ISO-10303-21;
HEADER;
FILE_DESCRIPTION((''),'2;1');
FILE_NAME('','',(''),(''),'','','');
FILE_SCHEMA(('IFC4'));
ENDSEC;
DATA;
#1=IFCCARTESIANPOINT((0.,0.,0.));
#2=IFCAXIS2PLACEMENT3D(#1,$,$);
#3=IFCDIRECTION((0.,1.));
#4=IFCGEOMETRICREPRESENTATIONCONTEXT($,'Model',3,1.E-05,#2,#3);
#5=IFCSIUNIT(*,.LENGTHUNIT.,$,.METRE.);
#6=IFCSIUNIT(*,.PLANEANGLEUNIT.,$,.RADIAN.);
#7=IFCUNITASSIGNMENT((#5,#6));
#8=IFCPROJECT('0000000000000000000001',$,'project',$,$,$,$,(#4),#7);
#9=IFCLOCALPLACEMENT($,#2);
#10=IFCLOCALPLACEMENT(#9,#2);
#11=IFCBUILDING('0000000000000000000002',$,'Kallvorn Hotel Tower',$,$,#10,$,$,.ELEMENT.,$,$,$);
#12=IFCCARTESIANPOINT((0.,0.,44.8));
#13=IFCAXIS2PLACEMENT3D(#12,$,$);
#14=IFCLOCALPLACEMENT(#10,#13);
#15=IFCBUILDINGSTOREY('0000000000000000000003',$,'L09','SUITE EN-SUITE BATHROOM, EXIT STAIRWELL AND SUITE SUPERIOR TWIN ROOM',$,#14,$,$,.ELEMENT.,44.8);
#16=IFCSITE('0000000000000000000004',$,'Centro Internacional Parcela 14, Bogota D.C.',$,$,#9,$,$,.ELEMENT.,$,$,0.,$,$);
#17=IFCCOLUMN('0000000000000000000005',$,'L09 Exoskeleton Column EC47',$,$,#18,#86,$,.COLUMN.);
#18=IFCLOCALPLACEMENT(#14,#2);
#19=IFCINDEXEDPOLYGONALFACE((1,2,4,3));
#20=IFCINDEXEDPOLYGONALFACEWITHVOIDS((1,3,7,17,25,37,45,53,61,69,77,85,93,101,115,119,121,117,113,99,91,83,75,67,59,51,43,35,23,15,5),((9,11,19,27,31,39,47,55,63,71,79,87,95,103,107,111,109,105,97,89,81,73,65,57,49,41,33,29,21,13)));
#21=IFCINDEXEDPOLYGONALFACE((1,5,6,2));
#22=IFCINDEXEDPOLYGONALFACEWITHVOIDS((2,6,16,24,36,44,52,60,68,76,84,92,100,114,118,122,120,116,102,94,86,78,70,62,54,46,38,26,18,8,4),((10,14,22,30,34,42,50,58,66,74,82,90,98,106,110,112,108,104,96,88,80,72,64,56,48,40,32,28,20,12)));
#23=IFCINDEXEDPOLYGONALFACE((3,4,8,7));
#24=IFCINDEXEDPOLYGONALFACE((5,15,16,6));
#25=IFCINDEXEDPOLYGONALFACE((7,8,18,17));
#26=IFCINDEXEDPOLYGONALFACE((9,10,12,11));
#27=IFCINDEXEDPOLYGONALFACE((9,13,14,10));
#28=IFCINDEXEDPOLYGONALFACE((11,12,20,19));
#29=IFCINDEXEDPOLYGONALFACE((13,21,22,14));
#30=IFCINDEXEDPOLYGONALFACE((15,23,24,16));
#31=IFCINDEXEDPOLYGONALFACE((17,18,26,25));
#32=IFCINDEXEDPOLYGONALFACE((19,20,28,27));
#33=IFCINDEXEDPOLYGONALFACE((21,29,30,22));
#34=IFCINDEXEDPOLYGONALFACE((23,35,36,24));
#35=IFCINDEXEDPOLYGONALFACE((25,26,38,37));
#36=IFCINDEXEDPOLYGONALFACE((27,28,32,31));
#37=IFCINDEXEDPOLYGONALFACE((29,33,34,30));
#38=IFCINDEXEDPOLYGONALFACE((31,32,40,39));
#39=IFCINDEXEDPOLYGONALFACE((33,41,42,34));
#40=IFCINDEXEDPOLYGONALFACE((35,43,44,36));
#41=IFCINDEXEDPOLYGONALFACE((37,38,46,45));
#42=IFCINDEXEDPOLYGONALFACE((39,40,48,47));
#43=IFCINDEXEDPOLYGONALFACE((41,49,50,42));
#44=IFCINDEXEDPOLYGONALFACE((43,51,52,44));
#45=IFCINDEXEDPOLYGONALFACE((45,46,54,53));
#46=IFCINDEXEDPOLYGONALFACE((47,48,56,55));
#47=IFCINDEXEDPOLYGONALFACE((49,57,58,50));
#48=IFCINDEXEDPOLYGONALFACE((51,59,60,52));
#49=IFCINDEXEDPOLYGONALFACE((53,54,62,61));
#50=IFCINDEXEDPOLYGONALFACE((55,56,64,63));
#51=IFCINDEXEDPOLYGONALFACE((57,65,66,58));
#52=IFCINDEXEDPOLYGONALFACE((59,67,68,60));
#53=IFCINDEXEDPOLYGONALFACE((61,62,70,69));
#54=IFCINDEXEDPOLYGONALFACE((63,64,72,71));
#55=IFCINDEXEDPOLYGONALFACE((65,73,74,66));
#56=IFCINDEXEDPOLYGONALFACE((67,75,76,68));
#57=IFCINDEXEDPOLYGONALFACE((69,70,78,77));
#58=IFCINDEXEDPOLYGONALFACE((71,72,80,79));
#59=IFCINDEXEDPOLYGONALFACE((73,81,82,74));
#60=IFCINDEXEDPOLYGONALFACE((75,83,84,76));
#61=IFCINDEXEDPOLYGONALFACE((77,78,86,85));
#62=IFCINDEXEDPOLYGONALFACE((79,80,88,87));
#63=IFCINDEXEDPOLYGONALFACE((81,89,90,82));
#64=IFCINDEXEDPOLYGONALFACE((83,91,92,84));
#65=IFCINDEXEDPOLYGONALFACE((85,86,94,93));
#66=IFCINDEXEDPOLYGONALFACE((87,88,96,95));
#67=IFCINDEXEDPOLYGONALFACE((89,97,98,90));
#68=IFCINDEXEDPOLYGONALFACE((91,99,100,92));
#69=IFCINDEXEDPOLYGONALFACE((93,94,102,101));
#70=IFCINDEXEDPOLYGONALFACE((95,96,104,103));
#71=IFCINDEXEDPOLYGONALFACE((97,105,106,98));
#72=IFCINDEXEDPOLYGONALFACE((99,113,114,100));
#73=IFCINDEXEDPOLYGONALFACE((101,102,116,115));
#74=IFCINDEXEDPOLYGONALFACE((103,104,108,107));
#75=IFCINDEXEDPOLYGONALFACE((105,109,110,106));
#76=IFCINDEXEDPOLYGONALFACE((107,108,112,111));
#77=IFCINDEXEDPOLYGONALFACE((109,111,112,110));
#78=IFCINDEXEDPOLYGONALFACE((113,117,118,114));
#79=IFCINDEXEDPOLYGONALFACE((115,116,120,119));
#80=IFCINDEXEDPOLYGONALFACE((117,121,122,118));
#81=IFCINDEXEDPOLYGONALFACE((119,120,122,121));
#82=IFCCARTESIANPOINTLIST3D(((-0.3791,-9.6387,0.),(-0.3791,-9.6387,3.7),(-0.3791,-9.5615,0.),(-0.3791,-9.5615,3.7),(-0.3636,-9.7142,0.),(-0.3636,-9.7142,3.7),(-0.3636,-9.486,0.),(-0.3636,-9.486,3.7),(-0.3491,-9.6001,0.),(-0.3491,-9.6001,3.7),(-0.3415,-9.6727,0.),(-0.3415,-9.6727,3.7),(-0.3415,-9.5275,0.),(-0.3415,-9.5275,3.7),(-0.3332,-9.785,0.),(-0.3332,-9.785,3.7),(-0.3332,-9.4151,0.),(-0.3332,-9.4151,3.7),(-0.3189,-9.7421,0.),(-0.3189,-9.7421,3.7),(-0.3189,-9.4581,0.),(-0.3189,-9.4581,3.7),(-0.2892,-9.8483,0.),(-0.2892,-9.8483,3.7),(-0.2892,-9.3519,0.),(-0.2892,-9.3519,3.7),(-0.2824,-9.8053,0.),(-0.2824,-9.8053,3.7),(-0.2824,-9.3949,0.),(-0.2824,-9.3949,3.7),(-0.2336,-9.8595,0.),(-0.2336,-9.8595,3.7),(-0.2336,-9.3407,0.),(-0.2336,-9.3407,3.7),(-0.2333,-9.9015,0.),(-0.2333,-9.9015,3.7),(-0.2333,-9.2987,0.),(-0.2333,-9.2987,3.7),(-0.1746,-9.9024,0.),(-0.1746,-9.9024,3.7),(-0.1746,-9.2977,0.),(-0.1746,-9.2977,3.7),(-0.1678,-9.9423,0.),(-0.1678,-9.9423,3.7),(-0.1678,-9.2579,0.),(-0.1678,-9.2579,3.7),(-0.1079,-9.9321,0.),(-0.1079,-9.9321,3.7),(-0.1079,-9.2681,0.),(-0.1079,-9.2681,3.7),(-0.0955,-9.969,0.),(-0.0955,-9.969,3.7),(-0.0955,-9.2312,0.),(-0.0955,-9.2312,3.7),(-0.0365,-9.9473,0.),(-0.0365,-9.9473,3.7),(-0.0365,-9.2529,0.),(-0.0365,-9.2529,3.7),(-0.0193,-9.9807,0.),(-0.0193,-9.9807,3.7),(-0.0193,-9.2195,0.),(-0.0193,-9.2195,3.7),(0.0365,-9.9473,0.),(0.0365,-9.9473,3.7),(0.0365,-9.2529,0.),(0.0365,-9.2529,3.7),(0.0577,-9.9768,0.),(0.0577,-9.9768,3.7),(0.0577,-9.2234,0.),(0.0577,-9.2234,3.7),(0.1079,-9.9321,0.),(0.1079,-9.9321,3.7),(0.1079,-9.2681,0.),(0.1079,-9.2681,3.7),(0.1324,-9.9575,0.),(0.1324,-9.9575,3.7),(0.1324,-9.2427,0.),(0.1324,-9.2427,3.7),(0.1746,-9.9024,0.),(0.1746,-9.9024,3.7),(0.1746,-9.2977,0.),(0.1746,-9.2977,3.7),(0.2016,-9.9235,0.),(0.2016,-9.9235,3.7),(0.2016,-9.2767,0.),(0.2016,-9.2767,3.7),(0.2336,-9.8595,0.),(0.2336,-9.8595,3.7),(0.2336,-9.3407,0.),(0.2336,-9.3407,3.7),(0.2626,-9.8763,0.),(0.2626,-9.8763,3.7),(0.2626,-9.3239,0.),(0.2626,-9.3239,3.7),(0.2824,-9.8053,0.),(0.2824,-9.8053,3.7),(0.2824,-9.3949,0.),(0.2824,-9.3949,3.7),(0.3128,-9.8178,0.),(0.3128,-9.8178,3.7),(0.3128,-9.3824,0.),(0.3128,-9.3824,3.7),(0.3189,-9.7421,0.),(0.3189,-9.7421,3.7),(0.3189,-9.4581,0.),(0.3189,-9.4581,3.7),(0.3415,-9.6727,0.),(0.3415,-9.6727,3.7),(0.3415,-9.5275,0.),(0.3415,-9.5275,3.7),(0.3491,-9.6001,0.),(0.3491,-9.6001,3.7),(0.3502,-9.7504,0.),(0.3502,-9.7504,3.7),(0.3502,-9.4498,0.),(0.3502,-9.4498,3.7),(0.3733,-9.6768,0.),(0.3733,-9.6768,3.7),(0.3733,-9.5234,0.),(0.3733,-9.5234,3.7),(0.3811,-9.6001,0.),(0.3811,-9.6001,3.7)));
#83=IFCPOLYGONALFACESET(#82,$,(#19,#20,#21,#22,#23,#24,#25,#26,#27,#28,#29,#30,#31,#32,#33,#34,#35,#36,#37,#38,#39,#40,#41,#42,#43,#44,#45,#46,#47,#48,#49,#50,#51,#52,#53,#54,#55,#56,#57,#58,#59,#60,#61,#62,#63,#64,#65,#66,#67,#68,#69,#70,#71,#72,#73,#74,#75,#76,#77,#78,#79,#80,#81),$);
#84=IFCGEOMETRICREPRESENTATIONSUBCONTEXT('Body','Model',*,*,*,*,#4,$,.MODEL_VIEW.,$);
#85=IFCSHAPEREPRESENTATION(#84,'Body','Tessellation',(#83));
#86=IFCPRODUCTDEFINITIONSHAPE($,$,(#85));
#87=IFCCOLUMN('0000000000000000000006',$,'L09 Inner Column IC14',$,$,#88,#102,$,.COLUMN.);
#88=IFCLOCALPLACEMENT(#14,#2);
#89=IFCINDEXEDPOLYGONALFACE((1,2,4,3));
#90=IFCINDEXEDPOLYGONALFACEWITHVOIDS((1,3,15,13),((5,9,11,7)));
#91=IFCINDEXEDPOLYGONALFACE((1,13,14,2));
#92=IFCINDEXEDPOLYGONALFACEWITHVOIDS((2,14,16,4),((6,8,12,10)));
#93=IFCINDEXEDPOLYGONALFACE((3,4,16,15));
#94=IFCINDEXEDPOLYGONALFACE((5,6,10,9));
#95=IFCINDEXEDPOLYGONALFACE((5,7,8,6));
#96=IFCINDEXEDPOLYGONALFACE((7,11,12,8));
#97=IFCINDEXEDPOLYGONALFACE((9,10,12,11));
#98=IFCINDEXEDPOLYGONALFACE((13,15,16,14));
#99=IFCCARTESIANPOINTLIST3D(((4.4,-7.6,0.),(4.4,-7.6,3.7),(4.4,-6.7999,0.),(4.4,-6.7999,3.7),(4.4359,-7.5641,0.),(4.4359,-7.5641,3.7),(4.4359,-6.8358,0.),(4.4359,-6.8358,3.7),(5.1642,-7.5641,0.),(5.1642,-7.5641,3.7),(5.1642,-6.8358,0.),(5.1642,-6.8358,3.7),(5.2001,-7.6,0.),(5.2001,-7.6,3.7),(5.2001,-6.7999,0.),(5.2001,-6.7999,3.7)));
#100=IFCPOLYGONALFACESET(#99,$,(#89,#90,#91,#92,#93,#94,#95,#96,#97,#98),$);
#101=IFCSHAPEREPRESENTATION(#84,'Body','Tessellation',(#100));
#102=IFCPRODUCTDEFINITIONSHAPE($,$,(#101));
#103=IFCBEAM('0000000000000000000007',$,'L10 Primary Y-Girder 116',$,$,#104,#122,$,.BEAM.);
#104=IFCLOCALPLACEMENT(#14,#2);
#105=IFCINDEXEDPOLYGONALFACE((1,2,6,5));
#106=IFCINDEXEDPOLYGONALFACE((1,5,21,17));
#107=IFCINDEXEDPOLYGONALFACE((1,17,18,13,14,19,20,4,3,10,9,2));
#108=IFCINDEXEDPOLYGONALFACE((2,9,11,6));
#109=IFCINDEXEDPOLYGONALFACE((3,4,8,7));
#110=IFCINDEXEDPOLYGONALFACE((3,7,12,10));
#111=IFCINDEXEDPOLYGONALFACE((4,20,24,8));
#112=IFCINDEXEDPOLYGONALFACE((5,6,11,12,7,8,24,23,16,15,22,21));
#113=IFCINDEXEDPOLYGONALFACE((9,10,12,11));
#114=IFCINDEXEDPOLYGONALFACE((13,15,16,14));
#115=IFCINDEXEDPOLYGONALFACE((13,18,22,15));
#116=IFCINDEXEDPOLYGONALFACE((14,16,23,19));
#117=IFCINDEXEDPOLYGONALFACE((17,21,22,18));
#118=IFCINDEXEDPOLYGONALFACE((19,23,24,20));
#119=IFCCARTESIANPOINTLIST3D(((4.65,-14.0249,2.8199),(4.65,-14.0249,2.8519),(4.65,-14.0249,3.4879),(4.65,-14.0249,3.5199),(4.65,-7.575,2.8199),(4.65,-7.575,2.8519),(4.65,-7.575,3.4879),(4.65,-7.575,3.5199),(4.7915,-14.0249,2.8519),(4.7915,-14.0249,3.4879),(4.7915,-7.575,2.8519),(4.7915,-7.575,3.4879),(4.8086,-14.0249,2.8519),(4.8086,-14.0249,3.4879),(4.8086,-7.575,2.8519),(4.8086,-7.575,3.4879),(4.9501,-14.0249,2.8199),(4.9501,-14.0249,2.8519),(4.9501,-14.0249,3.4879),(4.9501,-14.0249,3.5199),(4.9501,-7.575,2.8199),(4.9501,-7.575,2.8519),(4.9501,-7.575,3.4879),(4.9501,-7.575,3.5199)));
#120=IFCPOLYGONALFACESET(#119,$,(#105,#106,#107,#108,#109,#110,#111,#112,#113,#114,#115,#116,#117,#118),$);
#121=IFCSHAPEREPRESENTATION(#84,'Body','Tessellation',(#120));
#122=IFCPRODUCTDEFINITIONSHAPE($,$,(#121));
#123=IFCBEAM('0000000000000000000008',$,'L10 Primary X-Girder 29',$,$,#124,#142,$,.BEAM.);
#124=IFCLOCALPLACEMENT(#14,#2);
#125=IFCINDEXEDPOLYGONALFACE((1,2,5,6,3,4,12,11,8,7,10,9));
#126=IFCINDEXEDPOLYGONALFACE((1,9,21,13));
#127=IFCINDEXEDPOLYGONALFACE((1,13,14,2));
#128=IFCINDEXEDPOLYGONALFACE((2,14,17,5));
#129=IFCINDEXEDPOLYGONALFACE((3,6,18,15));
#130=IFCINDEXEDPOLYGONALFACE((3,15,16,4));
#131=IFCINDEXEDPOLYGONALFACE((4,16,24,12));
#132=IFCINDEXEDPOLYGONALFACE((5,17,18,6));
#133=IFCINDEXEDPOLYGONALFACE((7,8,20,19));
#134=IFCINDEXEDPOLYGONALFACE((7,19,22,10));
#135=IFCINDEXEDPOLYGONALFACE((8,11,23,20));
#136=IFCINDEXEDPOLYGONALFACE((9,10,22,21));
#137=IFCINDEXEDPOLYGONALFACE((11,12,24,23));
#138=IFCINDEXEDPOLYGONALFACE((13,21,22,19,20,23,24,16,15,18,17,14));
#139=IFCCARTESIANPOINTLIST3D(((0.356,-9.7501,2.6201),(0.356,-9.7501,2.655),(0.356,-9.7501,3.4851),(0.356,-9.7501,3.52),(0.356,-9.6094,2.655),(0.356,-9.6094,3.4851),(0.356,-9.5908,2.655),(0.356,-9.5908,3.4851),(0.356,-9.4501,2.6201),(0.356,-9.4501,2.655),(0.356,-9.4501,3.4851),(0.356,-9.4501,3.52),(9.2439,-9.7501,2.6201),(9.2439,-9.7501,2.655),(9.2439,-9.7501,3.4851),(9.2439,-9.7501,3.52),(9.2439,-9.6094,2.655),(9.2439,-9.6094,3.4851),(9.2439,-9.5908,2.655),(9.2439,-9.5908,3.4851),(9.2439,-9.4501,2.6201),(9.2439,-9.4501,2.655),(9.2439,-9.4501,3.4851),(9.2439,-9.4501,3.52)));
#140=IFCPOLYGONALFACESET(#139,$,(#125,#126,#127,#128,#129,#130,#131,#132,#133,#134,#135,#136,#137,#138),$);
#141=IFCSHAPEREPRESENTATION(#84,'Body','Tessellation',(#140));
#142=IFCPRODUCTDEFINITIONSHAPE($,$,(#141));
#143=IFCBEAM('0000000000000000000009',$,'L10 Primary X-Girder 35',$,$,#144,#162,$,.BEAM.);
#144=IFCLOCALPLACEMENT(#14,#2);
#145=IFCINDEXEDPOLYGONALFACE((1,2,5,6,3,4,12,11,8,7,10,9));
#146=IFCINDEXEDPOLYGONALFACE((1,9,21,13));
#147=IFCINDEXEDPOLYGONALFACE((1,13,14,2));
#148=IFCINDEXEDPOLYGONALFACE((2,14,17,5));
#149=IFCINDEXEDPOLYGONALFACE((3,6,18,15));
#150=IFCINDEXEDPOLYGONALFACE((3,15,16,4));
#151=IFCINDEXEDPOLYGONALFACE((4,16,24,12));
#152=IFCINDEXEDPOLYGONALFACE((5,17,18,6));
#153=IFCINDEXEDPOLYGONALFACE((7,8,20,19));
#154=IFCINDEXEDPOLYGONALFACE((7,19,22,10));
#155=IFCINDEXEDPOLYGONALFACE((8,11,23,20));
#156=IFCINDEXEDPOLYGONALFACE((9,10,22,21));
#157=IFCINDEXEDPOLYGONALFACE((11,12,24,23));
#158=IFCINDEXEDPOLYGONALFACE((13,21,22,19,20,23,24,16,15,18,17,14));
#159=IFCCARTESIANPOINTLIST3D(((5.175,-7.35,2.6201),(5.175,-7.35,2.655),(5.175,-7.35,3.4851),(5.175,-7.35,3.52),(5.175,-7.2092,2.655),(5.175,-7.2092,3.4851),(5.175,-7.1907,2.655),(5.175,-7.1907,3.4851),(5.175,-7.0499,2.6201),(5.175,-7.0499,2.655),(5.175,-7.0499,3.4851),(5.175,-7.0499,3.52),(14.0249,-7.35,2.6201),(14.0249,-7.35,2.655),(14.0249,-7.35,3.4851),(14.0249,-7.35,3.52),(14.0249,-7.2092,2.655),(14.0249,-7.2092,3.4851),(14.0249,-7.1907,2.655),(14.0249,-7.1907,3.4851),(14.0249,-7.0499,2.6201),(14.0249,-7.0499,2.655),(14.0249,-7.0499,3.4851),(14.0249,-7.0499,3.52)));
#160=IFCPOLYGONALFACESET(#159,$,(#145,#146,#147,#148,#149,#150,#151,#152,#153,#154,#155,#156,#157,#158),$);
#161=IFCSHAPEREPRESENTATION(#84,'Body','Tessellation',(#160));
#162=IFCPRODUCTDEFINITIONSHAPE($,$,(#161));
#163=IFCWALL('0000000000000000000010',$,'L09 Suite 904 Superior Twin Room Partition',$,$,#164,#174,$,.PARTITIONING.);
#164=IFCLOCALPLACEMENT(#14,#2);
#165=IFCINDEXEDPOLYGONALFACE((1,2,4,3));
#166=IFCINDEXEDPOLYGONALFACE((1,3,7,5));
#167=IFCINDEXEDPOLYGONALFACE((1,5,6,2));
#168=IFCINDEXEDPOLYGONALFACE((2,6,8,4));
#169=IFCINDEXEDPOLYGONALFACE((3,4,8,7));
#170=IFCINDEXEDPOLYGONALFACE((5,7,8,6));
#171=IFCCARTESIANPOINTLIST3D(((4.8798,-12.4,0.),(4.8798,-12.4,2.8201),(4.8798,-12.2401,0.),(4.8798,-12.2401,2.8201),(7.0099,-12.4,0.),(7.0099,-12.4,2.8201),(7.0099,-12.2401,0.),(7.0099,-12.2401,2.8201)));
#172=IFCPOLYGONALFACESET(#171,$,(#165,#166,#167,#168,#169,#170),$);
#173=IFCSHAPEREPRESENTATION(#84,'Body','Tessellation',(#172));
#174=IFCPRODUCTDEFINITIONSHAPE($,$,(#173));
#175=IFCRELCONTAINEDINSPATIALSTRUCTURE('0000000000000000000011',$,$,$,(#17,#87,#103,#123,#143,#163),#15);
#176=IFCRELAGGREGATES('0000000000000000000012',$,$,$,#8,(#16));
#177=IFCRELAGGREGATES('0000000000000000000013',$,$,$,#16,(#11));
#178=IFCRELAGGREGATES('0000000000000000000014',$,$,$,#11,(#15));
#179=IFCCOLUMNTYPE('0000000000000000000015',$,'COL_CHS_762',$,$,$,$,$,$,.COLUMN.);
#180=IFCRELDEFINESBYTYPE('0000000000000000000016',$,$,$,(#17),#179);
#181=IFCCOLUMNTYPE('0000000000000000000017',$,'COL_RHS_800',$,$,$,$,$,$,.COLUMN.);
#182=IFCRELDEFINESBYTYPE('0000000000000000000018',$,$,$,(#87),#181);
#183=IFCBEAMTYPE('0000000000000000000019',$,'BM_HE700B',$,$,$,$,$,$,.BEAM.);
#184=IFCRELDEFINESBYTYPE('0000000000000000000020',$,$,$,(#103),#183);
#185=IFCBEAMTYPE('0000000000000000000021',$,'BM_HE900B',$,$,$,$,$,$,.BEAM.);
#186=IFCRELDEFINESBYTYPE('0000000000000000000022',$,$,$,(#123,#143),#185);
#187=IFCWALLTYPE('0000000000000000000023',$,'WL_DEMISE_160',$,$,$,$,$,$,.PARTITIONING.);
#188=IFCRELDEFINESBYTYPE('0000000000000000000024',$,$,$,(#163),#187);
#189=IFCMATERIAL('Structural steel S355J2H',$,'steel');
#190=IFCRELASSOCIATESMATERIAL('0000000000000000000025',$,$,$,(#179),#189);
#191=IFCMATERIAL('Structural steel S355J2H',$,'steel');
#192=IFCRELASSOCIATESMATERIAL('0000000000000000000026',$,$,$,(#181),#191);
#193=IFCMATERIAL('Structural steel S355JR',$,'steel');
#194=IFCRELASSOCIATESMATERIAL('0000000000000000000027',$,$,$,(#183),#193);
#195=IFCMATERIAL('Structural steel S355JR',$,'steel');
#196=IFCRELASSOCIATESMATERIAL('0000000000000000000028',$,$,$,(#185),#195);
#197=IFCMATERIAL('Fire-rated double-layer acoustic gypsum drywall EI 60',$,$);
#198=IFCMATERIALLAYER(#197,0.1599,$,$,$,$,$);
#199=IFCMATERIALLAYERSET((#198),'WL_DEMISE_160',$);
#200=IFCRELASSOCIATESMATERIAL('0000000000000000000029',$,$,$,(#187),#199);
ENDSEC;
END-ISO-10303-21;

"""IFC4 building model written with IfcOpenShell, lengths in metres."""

from ifc_helpers import new_model, si_unit, direction, frame, frame_2d, origin, origin_2d, place, context, subcontext, project, spatial, rectangle, hollow_rectangle, hollow_circle, i_section, extrude, material, layer, layer_set, material_profile, profile_set, type_object, element, save


model = new_model("IFC4")

# Units and contexts
model_context = context("Model", 3, precision=1e-05, world=origin(), true_north=direction((0.0, 1.0)))
body_context = subcontext(model_context, "Body", "Model", "MODEL_VIEW")
ifc_project = project(units=[si_unit("LENGTHUNIT", "METRE"), si_unit("PLANEANGLEUNIT", "RADIAN")], contexts=[model_context])

# Site, building, storey
site_placement = place(None, origin())
site = spatial("IfcSite", under=ifc_project, at=site_placement, Name="Centro Internacional Parcela 14, Bogota D.C.", CompositionType="ELEMENT", RefElevation=0.0)
building_placement = place(site_placement, origin())
building = spatial("IfcBuilding", under=site, at=building_placement, Name="Kallvorn Hotel Tower", CompositionType="ELEMENT")
storey_placement = place(building_placement, frame((0.0, 0.0, 44.8)))
storey = spatial("IfcBuildingStorey", under=building, at=storey_placement, Name="L09", Description="SUITE EN-SUITE BATHROOM, EXIT STAIRWELL AND SUITE SUPERIOR TWIN ROOM", CompositionType="ELEMENT", Elevation=44.8)

# Columns
ifc_material_1 = material(Name="Structural steel S355J2H", Category="steel")
ifc_material_profile_1 = material_profile(ifc_material_1, hollow_circle(Radius=0.3811, WallThickness=0.032, at=origin_2d()), Name="CHS 762x32")
ifc_profile_set_1 = profile_set([ifc_material_profile_1], Name="Structural steel S355J2H")
column_type_1 = type_object("IfcColumnType", Name="COL_CHS_762", PredefinedType="COLUMN", material=ifc_profile_set_1)
column_1_placement = place(storey_placement, frame((0.0, -9.6001, 0.0), z_axis=(0.0, 0.0, 1.0), x_axis=(1.0, 0.0, 0.0)))
element("IfcColumn", 1, at=column_1_placement, inside=storey, type_object=column_type_1, Name="L09 Exoskeleton Column EC47", PredefinedType="COLUMN", context=body_context, shape_type="SweptSolid", body=[
    extrude(hollow_circle(Radius=0.3811, WallThickness=0.032, at=origin_2d()), origin(), (0.0, 0.0, 1.0), 3.7),
])
ifc_material_2 = material(Name="Structural steel S355J2H", Category="steel")
ifc_material_profile_2 = material_profile(ifc_material_2, hollow_rectangle(XDim=0.8, YDim=0.8, WallThickness=0.0359, at=origin_2d()), Name="RHS 800x800x36")
ifc_profile_set_2 = profile_set([ifc_material_profile_2], Name="Structural steel S355J2H")
column_type_2 = type_object("IfcColumnType", Name="COL_RHS_800", PredefinedType="COLUMN", material=ifc_profile_set_2)
column_2_placement = place(storey_placement, frame((4.8, -7.2, 0.0), z_axis=(0.0, 0.0, 1.0), x_axis=(1.0, 0.0, 0.0)))
element("IfcColumn", 2, at=column_2_placement, inside=storey, type_object=column_type_2, Name="L09 Inner Column IC14", PredefinedType="COLUMN", context=body_context, shape_type="SweptSolid", body=[
    extrude(hollow_rectangle(XDim=0.8, YDim=0.8, WallThickness=0.0359, at=origin_2d()), origin(), (0.0, 0.0, 1.0), 3.7),
])

# Beams
ifc_material_3 = material(Name="Structural steel S355JR", Category="steel")
ifc_material_profile_3 = material_profile(ifc_material_3, i_section(OverallWidth=0.3, OverallDepth=0.7, WebThickness=0.0171, FlangeThickness=0.032, at=origin_2d()), Name="HE 700 B")
ifc_profile_set_3 = profile_set([ifc_material_profile_3], Name="Structural steel S355JR")
beam_type_1 = type_object("IfcBeamType", Name="BM_HE700B", PredefinedType="BEAM", material=ifc_profile_set_3)
beam_1_placement = place(storey_placement, frame((4.8, -14.0249, 3.1699), z_axis=(0.0, 1.0, 0.0), x_axis=(-1.0, 0.0, 0.0)))
element("IfcBeam", 3, at=beam_1_placement, inside=storey, type_object=beam_type_1, Name="L10 Primary Y-Girder 116", PredefinedType="BEAM", context=body_context, shape_type="SweptSolid", body=[
    extrude(i_section(OverallWidth=0.3, OverallDepth=0.7, WebThickness=0.0171, FlangeThickness=0.032, at=origin_2d()), origin(), (0.0, 0.0, 1.0), 6.45),
])
ifc_material_4 = material(Name="Structural steel S355JR", Category="steel")
ifc_material_profile_4 = material_profile(ifc_material_4, i_section(OverallWidth=0.3, OverallDepth=0.8999, WebThickness=0.0186, FlangeThickness=0.0349, at=origin_2d()), Name="HE 900 B")
ifc_profile_set_4 = profile_set([ifc_material_profile_4], Name="Structural steel S355JR")
beam_type_2 = type_object("IfcBeamType", Name="BM_HE900B", PredefinedType="BEAM", material=ifc_profile_set_4)
beam_2_placement = place(storey_placement, frame((0.356, -9.6001, 3.0701), z_axis=(1.0, 0.0, 0.0), x_axis=(0.0, 1.0, 0.0)))
element("IfcBeam", 4, at=beam_2_placement, inside=storey, type_object=beam_type_2, Name="L10 Primary X-Girder 29", PredefinedType="BEAM", context=body_context, shape_type="SweptSolid", body=[
    extrude(i_section(OverallWidth=0.3, OverallDepth=0.8999, WebThickness=0.0186, FlangeThickness=0.0349, at=origin_2d()), origin(), (0.0, 0.0, 1.0), 8.8879),
])
beam_3_placement = place(storey_placement, frame((5.175, -7.2, 3.0701), z_axis=(1.0, 0.0, 0.0), x_axis=(0.0, 1.0, 0.0)))
element("IfcBeam", 5, at=beam_3_placement, inside=storey, type_object=beam_type_2, Name="L10 Primary X-Girder 35", PredefinedType="BEAM", context=body_context, shape_type="SweptSolid", body=[
    extrude(i_section(OverallWidth=0.3, OverallDepth=0.8999, WebThickness=0.0186, FlangeThickness=0.0349, at=origin_2d()), origin(), (0.0, 0.0, 1.0), 8.8499),
])

# Wall
ifc_material_5 = material(Name="Fire-rated double-layer acoustic gypsum drywall EI 60")
ifc_layer_1 = layer(ifc_material_5, 0.1599)
ifc_layer_set_1 = layer_set([ifc_layer_1], Name="WL_DEMISE_160")
wall_type_1 = type_object("IfcWallType", Name="WL_DEMISE_160", PredefinedType="PARTITIONING", material=ifc_layer_set_1)
wall_1_placement = place(storey_placement, frame((4.8799, -12.3201, 0.0), z_axis=(0.0, 0.0, 1.0), x_axis=(1.0, 0.0, 0.0)))
element("IfcWall", 6, at=wall_1_placement, inside=storey, type_object=wall_type_1, Name="L09 Suite 904 Superior Twin Room Partition", PredefinedType="PARTITIONING", context=body_context, shape_type="SweptSolid", body=[
    extrude(rectangle(XDim=2.1301, YDim=0.1599, at=frame_2d((1.0649, 0.0))), origin(), (0.0, 0.0, 1.0), 2.8201),
])

save(model, "model.ifc")
